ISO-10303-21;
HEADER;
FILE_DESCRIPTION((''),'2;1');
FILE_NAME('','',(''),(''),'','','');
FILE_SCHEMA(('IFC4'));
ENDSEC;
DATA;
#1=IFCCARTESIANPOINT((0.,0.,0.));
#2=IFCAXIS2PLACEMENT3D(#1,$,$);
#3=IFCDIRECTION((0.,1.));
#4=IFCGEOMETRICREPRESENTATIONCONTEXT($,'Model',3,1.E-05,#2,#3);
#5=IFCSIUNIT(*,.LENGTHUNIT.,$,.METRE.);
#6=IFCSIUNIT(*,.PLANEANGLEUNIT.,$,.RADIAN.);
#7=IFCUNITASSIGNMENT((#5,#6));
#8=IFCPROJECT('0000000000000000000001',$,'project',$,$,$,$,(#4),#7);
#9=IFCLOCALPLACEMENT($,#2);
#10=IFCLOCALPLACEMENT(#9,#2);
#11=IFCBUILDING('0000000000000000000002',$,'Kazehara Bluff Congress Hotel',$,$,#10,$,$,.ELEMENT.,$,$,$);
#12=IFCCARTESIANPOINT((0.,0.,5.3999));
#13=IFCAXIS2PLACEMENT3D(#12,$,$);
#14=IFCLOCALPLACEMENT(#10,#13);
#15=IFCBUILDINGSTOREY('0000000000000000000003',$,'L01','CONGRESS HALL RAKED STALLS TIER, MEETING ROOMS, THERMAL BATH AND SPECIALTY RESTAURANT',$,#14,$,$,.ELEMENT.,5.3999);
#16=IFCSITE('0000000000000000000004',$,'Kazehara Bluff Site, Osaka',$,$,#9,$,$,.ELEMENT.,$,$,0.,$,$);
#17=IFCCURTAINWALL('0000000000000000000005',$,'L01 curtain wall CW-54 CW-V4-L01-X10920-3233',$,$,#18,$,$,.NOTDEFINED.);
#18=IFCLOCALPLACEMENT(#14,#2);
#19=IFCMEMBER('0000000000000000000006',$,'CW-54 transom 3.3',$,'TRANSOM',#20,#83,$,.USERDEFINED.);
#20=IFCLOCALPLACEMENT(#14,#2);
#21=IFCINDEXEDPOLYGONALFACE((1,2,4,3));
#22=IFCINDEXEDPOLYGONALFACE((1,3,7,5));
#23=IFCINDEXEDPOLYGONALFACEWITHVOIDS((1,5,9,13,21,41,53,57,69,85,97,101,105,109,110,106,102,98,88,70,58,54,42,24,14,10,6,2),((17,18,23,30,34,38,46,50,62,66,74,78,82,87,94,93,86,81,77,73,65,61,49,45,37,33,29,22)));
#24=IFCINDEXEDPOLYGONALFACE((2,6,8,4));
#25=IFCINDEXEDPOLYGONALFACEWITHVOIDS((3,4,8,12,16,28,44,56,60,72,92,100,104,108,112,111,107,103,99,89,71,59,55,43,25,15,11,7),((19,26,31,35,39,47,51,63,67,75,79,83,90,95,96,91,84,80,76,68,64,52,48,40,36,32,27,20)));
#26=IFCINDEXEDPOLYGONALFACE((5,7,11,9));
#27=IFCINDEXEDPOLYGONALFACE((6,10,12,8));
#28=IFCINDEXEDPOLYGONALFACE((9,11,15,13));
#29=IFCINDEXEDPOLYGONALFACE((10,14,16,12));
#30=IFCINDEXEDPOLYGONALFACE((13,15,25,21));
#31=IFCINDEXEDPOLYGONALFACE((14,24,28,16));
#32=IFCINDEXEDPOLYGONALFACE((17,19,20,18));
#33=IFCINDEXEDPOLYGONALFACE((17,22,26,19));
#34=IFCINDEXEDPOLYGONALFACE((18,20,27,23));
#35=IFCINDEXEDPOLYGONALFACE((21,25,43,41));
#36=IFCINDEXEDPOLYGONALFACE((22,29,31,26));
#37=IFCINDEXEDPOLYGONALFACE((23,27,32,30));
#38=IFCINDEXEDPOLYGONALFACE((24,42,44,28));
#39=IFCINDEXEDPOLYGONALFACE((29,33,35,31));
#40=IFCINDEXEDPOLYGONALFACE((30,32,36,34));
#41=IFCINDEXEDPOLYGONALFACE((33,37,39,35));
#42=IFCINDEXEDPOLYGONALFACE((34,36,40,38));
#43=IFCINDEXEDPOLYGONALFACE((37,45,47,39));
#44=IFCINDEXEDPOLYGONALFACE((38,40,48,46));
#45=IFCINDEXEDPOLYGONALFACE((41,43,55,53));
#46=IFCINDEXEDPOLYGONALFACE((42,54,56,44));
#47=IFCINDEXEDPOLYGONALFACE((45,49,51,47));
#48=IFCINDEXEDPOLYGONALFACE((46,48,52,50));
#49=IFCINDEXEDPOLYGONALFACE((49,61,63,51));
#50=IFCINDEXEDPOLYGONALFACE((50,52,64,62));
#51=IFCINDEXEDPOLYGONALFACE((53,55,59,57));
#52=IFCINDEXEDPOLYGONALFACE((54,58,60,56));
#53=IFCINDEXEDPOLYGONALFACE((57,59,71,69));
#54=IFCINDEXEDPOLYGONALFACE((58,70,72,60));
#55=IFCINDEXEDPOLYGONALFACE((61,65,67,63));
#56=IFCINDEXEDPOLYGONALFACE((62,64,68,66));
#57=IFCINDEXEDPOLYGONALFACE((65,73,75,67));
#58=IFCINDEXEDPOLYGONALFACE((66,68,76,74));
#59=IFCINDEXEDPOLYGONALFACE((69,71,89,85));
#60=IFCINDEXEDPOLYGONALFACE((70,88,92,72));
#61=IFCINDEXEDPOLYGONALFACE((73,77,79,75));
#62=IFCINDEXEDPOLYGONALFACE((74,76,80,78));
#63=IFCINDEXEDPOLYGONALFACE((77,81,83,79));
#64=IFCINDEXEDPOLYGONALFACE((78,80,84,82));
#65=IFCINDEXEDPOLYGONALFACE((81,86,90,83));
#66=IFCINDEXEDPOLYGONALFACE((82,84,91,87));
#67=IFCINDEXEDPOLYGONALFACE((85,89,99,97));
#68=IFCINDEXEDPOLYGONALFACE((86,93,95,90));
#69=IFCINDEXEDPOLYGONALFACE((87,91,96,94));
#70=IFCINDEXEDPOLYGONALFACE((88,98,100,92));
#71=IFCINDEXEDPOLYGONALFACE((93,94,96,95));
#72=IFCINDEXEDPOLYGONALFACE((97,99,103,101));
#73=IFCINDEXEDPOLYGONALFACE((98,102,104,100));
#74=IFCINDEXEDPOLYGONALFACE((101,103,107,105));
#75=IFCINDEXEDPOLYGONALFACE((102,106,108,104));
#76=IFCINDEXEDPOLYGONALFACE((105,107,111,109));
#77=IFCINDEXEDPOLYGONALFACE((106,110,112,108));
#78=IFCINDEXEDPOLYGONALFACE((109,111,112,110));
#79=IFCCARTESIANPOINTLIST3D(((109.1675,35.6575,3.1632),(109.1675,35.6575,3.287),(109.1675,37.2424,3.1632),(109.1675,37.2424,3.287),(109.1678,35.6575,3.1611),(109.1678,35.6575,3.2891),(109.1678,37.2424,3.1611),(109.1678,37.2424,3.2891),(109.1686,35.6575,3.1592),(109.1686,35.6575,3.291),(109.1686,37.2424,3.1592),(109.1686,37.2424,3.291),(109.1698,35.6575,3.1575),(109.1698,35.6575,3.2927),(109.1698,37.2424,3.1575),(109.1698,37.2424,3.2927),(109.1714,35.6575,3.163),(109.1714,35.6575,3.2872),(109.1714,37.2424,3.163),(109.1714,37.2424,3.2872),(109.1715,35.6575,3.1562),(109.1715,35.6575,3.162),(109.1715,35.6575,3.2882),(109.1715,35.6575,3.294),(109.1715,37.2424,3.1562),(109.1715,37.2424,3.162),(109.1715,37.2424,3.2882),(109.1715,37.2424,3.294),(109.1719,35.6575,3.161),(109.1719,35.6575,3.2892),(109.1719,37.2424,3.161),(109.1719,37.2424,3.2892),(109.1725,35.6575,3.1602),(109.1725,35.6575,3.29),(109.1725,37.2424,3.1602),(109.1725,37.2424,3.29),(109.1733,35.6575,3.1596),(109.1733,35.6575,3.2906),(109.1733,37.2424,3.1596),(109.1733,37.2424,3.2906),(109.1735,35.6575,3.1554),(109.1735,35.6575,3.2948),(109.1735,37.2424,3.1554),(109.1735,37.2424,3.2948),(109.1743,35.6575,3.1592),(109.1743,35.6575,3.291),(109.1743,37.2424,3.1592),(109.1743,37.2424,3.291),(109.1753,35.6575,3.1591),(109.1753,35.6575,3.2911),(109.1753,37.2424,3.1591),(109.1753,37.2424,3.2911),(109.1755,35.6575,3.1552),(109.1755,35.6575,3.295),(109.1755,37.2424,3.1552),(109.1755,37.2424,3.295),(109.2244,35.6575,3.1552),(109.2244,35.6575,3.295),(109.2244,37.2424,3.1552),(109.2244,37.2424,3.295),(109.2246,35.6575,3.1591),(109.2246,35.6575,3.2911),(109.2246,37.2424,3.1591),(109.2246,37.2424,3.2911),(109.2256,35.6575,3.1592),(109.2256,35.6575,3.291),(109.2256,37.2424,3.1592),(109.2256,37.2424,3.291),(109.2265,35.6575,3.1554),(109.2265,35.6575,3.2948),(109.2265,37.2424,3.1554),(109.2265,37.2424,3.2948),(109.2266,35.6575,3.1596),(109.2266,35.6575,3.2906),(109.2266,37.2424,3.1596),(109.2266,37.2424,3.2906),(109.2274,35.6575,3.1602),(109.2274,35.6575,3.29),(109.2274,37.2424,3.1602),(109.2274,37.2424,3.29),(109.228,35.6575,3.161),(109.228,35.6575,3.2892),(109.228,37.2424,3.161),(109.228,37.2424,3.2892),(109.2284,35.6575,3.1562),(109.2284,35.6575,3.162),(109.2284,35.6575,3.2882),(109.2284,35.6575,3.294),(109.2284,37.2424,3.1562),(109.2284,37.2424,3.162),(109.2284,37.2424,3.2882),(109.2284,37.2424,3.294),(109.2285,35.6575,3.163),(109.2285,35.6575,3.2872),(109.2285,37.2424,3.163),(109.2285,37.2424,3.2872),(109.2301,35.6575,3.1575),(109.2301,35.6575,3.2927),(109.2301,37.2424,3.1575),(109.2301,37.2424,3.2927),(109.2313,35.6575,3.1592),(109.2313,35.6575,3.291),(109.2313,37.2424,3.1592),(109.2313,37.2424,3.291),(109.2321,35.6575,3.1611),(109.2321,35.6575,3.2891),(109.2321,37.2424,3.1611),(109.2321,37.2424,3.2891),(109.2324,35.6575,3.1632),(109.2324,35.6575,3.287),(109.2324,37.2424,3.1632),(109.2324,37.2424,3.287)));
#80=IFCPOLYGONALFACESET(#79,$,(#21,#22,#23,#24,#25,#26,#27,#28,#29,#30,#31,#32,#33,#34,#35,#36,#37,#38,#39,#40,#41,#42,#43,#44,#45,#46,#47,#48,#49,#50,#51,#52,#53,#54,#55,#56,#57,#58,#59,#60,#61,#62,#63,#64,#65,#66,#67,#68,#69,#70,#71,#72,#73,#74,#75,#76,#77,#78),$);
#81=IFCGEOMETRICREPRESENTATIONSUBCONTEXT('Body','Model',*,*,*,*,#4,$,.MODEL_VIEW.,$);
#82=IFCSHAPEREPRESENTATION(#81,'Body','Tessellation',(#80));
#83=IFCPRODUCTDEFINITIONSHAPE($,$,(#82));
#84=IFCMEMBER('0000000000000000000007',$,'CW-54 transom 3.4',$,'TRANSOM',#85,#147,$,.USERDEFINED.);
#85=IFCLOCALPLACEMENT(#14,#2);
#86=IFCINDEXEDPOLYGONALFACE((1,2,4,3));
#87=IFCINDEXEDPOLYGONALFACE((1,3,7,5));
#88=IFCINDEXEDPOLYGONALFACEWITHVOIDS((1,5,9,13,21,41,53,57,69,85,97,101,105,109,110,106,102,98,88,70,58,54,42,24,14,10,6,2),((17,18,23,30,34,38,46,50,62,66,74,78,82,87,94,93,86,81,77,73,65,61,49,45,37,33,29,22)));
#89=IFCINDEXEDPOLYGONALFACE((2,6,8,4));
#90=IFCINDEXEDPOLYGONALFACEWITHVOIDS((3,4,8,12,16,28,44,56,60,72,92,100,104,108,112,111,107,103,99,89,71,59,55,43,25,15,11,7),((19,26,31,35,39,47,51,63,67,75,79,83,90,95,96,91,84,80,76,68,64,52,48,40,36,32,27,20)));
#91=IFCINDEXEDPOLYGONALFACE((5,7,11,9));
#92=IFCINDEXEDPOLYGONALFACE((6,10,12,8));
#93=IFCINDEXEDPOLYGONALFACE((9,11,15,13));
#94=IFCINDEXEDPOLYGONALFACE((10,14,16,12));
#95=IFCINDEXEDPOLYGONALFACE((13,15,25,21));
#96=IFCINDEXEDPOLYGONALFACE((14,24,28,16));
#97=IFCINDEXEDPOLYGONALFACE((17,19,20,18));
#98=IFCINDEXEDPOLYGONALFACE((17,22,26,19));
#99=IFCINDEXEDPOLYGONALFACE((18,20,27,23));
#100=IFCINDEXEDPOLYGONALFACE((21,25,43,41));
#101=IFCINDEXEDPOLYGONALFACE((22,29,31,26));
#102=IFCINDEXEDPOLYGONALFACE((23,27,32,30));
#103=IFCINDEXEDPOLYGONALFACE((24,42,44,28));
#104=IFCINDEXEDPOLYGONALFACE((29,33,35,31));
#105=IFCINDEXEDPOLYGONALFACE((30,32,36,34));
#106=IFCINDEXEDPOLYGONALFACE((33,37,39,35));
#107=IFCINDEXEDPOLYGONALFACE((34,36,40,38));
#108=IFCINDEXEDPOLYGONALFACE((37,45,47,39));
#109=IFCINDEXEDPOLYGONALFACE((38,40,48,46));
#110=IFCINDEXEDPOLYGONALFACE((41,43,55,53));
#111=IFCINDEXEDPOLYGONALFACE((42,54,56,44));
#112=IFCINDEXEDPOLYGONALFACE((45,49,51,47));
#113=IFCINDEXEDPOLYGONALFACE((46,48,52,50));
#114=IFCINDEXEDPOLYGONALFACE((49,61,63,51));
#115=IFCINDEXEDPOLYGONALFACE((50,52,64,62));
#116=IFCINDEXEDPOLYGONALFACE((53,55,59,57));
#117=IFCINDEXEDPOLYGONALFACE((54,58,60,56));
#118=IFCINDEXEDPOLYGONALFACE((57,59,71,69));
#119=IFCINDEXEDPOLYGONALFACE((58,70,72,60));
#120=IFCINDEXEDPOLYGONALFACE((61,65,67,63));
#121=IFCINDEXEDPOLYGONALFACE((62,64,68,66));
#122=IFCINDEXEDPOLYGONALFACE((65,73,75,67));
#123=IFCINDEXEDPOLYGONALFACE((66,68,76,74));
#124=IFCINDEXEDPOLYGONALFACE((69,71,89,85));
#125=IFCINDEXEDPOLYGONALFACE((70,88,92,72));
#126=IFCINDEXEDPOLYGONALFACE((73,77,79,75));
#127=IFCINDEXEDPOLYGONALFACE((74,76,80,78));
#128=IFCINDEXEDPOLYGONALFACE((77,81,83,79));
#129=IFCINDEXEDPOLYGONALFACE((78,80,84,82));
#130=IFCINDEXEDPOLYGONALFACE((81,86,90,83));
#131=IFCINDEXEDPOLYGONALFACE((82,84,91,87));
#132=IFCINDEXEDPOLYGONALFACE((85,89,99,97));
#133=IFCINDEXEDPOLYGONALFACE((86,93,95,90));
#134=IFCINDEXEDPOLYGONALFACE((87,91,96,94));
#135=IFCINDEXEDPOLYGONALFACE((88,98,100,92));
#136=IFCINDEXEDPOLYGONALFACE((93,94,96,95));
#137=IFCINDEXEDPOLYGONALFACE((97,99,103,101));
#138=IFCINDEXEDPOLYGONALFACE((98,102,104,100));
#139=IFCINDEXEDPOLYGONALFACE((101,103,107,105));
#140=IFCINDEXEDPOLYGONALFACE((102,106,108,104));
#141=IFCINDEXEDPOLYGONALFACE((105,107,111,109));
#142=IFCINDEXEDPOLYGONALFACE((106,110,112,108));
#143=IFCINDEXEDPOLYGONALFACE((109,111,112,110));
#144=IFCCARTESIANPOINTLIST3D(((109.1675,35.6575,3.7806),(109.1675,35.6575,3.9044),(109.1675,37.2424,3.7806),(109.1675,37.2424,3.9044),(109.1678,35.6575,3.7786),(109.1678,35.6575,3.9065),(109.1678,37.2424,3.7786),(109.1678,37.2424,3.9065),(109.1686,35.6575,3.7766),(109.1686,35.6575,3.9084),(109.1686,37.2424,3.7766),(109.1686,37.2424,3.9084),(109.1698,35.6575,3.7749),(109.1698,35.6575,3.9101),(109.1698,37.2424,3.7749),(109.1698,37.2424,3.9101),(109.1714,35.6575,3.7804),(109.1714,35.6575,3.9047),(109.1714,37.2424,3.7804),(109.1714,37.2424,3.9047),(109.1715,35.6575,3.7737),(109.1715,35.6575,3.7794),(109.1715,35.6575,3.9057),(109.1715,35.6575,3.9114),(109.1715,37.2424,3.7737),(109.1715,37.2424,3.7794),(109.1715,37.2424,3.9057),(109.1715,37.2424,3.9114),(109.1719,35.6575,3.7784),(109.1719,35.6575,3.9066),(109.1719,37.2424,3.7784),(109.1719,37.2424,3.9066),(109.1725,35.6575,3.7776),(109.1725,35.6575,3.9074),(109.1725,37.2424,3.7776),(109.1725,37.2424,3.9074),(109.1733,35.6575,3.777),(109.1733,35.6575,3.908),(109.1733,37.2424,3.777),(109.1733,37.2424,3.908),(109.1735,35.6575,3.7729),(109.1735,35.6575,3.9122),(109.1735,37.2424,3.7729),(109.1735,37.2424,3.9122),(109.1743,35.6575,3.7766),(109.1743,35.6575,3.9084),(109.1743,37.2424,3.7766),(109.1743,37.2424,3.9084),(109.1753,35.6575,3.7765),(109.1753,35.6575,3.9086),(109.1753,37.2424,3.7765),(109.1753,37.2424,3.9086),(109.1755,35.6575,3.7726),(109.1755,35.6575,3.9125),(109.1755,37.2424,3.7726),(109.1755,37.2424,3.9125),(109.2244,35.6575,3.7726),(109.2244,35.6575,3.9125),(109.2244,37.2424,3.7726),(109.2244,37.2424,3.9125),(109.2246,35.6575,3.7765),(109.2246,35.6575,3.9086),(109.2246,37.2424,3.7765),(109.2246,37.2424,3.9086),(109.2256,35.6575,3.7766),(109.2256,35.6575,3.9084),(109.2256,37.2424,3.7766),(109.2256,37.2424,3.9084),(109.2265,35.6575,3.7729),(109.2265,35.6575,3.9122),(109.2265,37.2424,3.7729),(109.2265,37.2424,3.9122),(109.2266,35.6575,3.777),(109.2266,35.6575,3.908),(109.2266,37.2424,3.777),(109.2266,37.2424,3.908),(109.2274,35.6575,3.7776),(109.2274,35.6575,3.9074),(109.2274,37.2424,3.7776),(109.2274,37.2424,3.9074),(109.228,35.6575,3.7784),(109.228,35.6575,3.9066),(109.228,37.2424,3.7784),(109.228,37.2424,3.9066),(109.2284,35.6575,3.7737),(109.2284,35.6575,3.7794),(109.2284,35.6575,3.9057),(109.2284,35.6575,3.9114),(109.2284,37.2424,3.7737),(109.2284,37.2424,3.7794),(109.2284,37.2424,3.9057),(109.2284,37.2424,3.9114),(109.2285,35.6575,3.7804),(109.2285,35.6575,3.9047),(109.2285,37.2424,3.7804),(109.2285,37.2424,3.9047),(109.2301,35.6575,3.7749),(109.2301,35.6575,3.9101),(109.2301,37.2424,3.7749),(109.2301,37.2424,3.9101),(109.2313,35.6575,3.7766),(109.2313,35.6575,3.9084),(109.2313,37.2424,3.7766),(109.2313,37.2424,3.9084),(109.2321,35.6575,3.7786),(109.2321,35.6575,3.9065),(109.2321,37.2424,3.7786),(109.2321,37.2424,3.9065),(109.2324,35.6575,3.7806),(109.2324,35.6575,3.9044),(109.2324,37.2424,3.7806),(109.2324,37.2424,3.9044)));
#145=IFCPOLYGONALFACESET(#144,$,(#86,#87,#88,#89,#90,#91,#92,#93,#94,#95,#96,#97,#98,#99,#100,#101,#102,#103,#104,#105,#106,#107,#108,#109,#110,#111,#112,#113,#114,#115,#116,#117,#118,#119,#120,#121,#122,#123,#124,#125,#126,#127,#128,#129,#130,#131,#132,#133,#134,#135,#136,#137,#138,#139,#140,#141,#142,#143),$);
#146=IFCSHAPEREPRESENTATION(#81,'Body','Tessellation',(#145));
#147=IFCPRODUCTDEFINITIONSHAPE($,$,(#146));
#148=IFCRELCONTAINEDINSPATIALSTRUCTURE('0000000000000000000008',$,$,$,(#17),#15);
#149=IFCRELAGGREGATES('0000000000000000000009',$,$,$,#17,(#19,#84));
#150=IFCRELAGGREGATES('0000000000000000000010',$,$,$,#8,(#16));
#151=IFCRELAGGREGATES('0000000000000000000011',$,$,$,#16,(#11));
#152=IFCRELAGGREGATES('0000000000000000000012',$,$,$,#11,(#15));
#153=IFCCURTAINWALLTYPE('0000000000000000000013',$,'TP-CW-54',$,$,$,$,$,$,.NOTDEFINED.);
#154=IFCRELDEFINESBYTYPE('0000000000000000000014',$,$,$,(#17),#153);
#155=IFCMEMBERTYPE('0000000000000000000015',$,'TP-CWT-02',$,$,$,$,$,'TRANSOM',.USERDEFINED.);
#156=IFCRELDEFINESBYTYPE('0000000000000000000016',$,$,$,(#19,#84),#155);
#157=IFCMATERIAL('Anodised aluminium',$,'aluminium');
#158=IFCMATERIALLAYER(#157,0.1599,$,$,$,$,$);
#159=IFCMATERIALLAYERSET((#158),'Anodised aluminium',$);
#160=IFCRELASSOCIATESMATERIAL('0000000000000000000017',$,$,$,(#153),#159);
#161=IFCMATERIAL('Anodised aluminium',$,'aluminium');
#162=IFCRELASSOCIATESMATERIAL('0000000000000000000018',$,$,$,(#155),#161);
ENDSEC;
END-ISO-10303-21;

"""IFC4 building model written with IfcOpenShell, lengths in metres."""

from ifc_helpers import new_model, si_unit, direction, frame, origin, origin_2d, place, context, subcontext, project, spatial, hollow_rectangle, extrude, material, layer, layer_set, material_profile, profile_set, type_object, element, aggregate, save


model = new_model("IFC4")

# Units and contexts
model_context = context("Model", 3, precision=1e-05, world=origin(), true_north=direction((0.0, 1.0)))
body_context = subcontext(model_context, "Body", "Model", "MODEL_VIEW")
ifc_project = project(units=[si_unit("LENGTHUNIT", "METRE"), si_unit("PLANEANGLEUNIT", "RADIAN")], contexts=[model_context])

# Site, building, storey
site_placement = place(None, origin())
site = spatial("IfcSite", under=ifc_project, at=site_placement, Name="Kazehara Bluff Site, Osaka", CompositionType="ELEMENT", RefElevation=0.0)
building_placement = place(site_placement, origin())
building = spatial("IfcBuilding", under=site, at=building_placement, Name="Kazehara Bluff Congress Hotel", CompositionType="ELEMENT")
storey_placement = place(building_placement, frame((0.0, 0.0, 5.3999)))
storey = spatial("IfcBuildingStorey", under=building, at=storey_placement, Name="L01", Description="CONGRESS HALL RAKED STALLS TIER, MEETING ROOMS, THERMAL BATH AND SPECIALTY RESTAURANT", CompositionType="ELEMENT", Elevation=5.3999)

# Curtain wall, members
ifc_material_1 = material(Name="Anodised aluminium", Category="aluminium")
ifc_layer_1 = layer(ifc_material_1, 0.1599)
ifc_layer_set_1 = layer_set([ifc_layer_1], Name="Anodised aluminium")
curtain_wall_type_1 = type_object("IfcCurtainWallType", Name="TP-CW-54", PredefinedType="NOTDEFINED", material=ifc_layer_set_1)
curtain_wall_1_placement = place(storey_placement, origin())
curtain_wall_1 = element("IfcCurtainWall", 1, at=curtain_wall_1_placement, inside=storey, type_object=curtain_wall_type_1, Name="L01 curtain wall CW-54 CW-V4-L01-X10920-3233", PredefinedType="NOTDEFINED")
ifc_material_2 = material(Name="Anodised aluminium", Category="aluminium")
ifc_material_profile_1 = material_profile(ifc_material_2, hollow_rectangle(XDim=0.0649, YDim=0.1399, WallThickness=0.0039, InnerFilletRadius=0.0039, OuterFilletRadius=0.0081, at=origin_2d()))
ifc_profile_set_1 = profile_set([ifc_material_profile_1], Name="Anodised aluminium")
member_type_1 = type_object("IfcMemberType", Name="TP-CWT-02", ElementType="TRANSOM", PredefinedType="USERDEFINED", material=ifc_profile_set_1)
member_1_placement = place(storey_placement, frame((109.2, 35.6575, 3.2251), z_axis=(0.0, 1.0, 0.0), x_axis=(-1.0, 0.0, 0.0)))
member_1 = element("IfcMember", 2, at=member_1_placement, type_object=member_type_1, Name="CW-54 transom 3.3", ObjectType="TRANSOM", PredefinedType="USERDEFINED", context=body_context, shape_type="SweptSolid", body=[
    extrude(hollow_rectangle(XDim=0.0649, YDim=0.1399, WallThickness=0.0039, InnerFilletRadius=0.0039, OuterFilletRadius=0.0081, at=origin_2d()), origin(), (0.0, 0.0, 1.0), 1.585),
])
member_2_placement = place(storey_placement, frame((109.2, 35.6575, 3.8425), z_axis=(0.0, 1.0, 0.0), x_axis=(-1.0, 0.0, 0.0)))
member_2 = element("IfcMember", 3, at=member_2_placement, type_object=member_type_1, Name="CW-54 transom 3.4", ObjectType="TRANSOM", PredefinedType="USERDEFINED", context=body_context, shape_type="SweptSolid", body=[
    extrude(hollow_rectangle(XDim=0.0649, YDim=0.1399, WallThickness=0.0039, InnerFilletRadius=0.0039, OuterFilletRadius=0.0081, at=origin_2d()), origin(), (0.0, 0.0, 1.0), 1.585),
])

aggregate(curtain_wall_1, [member_1, member_2])

save(model, "model.ifc")
